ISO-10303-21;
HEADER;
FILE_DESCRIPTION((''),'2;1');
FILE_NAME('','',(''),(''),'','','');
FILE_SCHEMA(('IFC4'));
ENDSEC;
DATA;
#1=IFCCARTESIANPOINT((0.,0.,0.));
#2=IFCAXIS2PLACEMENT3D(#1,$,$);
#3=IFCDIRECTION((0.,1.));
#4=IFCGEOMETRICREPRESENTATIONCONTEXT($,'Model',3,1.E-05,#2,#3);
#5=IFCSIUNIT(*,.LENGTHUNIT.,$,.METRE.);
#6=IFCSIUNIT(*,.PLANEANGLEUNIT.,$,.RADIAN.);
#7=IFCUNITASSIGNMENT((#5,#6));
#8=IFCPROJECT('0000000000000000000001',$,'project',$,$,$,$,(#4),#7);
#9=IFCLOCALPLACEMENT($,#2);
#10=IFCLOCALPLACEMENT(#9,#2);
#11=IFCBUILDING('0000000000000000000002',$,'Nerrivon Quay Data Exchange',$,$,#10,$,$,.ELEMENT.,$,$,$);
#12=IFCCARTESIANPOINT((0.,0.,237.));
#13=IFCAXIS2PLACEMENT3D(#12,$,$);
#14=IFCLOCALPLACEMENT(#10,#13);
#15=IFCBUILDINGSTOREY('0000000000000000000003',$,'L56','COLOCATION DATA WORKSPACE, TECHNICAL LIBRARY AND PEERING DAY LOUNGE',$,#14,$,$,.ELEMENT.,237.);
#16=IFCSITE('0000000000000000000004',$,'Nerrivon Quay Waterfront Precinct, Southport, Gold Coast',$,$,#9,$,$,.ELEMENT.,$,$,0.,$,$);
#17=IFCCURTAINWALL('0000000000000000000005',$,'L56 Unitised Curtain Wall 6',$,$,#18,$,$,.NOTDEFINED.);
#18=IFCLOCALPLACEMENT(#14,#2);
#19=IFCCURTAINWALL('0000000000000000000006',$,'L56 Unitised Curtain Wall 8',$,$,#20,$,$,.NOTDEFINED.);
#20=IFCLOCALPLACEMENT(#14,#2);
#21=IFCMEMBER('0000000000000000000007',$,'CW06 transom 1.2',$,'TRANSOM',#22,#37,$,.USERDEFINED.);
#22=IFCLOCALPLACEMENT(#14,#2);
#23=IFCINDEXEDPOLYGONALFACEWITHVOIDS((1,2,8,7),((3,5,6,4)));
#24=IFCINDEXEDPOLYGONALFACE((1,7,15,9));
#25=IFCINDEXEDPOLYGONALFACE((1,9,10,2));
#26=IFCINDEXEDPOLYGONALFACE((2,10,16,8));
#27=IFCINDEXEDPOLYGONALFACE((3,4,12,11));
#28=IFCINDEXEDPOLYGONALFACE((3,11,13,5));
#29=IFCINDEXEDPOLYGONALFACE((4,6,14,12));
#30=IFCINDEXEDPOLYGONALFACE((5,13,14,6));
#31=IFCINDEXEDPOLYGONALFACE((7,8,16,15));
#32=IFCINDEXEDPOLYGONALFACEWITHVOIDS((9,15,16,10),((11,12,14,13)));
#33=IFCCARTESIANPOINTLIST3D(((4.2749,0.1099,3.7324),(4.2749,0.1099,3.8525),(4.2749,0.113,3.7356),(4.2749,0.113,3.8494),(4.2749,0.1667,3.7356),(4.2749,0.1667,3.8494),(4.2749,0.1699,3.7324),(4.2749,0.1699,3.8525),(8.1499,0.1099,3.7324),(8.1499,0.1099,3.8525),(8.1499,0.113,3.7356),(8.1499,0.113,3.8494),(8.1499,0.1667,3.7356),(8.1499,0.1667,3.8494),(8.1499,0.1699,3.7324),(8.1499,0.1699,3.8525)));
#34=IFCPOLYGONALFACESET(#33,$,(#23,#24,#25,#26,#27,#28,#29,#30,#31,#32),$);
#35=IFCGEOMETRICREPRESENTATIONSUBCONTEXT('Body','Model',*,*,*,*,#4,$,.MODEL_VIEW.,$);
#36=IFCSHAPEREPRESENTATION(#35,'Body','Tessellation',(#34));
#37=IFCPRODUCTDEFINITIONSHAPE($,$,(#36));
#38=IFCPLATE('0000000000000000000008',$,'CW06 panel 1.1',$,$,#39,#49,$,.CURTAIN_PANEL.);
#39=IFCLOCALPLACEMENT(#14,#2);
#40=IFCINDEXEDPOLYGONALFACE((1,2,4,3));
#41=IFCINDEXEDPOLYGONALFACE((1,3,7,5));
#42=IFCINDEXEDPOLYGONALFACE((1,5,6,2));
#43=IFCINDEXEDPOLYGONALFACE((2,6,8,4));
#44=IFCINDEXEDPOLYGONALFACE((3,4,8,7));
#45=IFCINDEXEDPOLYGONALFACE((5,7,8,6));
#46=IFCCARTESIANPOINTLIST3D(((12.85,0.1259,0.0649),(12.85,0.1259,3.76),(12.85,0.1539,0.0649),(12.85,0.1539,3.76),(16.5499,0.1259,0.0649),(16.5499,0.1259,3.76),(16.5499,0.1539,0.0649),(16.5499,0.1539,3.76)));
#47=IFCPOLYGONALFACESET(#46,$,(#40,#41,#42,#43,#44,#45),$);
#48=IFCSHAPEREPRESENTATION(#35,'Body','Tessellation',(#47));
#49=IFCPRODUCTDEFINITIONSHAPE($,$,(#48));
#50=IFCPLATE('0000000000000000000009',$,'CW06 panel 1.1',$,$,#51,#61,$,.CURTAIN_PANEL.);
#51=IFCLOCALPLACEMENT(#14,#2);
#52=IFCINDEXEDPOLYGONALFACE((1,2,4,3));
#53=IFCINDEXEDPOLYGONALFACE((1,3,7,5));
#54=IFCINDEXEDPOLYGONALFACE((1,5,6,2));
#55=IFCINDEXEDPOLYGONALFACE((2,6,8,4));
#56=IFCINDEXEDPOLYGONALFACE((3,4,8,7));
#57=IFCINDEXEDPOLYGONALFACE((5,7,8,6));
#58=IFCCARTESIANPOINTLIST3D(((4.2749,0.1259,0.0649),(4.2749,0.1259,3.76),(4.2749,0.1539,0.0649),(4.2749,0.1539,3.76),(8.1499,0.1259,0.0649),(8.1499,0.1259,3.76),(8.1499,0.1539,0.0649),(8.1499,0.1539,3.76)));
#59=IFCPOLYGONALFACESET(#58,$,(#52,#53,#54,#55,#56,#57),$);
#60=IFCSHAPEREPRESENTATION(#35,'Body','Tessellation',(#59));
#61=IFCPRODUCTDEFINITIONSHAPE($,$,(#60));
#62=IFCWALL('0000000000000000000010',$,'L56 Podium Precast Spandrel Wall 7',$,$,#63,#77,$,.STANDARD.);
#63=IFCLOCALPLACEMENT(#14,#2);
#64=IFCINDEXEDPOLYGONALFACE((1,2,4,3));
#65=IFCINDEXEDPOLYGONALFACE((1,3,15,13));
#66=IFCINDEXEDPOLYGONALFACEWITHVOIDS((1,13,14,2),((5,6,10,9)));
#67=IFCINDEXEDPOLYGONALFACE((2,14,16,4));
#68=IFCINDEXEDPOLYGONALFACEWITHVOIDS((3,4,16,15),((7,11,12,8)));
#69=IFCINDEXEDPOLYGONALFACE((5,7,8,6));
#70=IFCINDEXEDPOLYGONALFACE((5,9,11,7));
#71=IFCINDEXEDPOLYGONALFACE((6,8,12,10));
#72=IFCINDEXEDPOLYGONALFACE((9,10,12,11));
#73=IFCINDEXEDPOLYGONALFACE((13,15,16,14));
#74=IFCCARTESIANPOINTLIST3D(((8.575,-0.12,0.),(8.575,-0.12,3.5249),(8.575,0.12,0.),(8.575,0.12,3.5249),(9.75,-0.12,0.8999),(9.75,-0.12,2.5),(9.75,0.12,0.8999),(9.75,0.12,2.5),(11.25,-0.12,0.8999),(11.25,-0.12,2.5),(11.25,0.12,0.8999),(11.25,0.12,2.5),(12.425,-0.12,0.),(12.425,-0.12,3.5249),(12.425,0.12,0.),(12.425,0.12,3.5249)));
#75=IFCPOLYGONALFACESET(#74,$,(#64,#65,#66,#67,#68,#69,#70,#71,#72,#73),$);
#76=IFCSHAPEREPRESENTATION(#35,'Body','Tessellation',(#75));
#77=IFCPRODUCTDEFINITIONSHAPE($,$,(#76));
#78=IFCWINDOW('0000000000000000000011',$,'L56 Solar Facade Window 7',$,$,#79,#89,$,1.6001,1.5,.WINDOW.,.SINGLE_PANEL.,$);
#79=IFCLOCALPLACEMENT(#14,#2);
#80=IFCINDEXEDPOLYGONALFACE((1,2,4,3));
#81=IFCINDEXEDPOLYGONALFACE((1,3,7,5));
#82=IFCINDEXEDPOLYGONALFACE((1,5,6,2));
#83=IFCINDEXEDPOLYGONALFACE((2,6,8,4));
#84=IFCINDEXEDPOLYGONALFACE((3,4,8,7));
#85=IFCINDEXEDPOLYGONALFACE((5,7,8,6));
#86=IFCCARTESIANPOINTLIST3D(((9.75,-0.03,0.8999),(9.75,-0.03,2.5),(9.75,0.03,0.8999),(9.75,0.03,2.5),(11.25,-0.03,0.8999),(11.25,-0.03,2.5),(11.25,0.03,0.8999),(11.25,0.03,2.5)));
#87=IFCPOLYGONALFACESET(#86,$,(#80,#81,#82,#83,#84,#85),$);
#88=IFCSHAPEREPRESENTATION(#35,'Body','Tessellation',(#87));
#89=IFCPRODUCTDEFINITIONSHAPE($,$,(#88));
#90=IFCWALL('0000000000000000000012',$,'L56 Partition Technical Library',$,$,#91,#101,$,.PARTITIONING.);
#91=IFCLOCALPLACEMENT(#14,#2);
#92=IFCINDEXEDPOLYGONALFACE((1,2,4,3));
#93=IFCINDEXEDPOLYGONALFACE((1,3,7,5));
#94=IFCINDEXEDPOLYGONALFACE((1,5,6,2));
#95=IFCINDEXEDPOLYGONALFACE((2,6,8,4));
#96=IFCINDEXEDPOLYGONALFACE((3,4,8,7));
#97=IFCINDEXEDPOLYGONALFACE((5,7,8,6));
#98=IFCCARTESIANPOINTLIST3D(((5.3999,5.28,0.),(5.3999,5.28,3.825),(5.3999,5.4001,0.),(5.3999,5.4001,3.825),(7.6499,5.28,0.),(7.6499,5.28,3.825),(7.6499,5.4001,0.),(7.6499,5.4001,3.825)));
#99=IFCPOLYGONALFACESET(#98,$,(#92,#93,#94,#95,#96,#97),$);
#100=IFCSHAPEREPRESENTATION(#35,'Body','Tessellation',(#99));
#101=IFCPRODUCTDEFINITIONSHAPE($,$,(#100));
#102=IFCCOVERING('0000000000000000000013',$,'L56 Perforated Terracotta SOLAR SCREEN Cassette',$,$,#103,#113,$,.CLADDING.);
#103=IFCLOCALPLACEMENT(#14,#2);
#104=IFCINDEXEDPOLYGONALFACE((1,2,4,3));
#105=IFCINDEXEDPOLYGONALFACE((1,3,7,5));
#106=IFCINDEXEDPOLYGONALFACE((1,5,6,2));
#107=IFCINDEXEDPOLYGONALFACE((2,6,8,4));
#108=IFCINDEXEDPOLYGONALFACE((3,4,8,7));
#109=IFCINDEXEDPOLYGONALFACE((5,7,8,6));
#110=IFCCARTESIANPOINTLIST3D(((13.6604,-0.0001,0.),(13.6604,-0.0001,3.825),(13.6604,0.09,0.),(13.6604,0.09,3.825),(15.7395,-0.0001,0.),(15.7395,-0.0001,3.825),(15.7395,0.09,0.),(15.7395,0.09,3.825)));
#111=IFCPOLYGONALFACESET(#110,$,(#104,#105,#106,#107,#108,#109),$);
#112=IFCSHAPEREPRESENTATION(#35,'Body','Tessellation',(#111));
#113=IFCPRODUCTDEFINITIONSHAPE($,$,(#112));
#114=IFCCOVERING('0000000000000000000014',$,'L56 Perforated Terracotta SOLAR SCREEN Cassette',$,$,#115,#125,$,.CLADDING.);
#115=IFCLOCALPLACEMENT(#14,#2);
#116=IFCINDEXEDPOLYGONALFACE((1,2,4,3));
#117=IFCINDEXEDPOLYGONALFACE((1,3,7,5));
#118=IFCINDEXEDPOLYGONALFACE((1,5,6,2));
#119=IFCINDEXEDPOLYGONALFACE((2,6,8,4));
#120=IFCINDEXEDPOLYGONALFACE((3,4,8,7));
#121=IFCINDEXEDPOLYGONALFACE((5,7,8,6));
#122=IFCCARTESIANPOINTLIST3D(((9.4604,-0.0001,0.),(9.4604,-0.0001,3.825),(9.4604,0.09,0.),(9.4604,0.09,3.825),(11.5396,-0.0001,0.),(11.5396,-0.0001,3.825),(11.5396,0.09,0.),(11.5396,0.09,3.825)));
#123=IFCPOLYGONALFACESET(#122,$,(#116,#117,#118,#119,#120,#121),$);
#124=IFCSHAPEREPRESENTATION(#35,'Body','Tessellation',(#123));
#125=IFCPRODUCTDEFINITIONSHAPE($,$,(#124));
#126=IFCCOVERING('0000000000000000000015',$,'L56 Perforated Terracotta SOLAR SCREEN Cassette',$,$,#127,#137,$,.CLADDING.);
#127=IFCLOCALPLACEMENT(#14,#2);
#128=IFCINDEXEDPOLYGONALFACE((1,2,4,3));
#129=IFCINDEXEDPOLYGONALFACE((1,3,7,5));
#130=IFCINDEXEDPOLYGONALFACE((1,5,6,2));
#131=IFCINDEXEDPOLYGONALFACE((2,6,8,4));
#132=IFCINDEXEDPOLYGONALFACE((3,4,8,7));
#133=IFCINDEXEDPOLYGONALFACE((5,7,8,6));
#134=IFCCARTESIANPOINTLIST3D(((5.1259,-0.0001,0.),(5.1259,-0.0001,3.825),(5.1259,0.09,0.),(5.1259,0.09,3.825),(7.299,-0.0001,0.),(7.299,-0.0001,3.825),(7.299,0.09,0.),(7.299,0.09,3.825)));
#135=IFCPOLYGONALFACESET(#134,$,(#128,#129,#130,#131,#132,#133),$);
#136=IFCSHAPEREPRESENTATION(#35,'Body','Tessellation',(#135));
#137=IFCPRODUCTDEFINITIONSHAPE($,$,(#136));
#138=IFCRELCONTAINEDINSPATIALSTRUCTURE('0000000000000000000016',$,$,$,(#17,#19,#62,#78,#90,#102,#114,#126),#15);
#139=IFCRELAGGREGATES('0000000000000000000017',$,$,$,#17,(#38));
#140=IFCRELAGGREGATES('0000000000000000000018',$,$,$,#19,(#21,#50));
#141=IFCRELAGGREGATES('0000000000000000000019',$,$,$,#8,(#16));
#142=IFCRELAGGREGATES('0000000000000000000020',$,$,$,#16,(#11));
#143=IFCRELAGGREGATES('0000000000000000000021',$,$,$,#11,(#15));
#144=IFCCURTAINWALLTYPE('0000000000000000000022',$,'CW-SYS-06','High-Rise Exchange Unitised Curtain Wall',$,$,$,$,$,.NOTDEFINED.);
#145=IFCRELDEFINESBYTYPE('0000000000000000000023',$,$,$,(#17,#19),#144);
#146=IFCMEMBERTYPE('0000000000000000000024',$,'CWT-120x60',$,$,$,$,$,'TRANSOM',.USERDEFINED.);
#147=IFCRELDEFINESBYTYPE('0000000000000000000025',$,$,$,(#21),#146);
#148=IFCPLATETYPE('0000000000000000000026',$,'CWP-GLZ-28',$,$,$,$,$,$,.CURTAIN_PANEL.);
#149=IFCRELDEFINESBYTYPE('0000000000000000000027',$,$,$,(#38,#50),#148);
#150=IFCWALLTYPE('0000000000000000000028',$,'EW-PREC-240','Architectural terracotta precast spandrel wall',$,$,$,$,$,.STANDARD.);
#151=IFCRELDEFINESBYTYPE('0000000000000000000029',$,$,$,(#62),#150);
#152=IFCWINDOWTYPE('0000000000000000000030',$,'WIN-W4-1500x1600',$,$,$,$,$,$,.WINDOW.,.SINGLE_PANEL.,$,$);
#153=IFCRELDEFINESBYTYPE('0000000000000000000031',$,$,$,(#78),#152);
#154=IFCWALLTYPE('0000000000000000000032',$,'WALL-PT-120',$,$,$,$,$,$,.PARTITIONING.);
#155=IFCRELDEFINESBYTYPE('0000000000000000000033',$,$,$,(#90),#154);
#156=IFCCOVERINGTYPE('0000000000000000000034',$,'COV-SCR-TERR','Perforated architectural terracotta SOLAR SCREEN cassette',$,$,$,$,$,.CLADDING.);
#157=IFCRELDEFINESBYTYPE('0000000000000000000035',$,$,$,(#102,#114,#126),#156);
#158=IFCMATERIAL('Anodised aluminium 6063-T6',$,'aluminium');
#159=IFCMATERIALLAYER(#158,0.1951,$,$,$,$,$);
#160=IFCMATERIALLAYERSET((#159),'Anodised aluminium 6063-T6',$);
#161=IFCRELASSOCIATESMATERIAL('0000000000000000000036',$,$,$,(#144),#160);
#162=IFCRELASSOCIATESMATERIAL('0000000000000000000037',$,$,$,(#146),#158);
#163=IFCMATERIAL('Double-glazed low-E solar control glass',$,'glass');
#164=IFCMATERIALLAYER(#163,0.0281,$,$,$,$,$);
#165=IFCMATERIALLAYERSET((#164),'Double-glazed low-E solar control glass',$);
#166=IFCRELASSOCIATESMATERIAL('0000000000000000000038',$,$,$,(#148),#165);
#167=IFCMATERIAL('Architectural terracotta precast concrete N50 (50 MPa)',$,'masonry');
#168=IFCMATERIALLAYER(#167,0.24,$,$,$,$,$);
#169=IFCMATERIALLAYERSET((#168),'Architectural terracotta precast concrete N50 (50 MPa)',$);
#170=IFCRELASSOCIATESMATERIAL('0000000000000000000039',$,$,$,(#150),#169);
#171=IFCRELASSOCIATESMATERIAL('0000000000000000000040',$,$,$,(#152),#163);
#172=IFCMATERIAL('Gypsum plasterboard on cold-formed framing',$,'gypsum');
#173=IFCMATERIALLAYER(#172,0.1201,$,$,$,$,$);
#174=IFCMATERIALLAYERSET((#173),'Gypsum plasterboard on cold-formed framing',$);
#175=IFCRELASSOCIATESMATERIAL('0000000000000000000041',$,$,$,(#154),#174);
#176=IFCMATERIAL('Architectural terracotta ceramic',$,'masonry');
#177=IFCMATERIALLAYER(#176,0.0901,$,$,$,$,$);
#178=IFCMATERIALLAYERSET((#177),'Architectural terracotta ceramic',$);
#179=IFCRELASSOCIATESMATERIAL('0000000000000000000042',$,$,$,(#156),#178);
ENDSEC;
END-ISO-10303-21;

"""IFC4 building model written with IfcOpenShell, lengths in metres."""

from ifc_helpers import new_model, si_unit, direction, frame, frame_2d, origin, origin_2d, place, context, subcontext, project, spatial, rectangle, hollow_rectangle, extrude, material, layer, layer_set, material_profile, profile_set, type_object, element, fill, aggregate, save


model = new_model("IFC4")

# Units and contexts
model_context = context("Model", 3, precision=1e-05, world=origin(), true_north=direction((0.0, 1.0)))
body_context = subcontext(model_context, "Body", "Model", "MODEL_VIEW")
ifc_project = project(units=[si_unit("LENGTHUNIT", "METRE"), si_unit("PLANEANGLEUNIT", "RADIAN")], contexts=[model_context])

# Site, building, storey
site_placement = place(None, origin())
site = spatial("IfcSite", under=ifc_project, at=site_placement, Name="Nerrivon Quay Waterfront Precinct, Southport, Gold Coast", CompositionType="ELEMENT", RefElevation=0.0)
building_placement = place(site_placement, origin())
building = spatial("IfcBuilding", under=site, at=building_placement, Name="Nerrivon Quay Data Exchange", CompositionType="ELEMENT")
storey_placement = place(building_placement, frame((0.0, 0.0, 237.0)))
storey = spatial("IfcBuildingStorey", under=building, at=storey_placement, Name="L56", Description="COLOCATION DATA WORKSPACE, TECHNICAL LIBRARY AND PEERING DAY LOUNGE", CompositionType="ELEMENT", Elevation=237.0)

# Curtain wall
ifc_material_1 = material(Name="Anodised aluminium 6063-T6", Category="aluminium")
ifc_layer_1 = layer(ifc_material_1, 0.1951)
ifc_layer_set_1 = layer_set([ifc_layer_1], Name="Anodised aluminium 6063-T6")
curtain_wall_type = type_object("IfcCurtainWallType", Name="CW-SYS-06", Description="High-Rise Exchange Unitised Curtain Wall", PredefinedType="NOTDEFINED", material=ifc_layer_set_1)
curtain_wall_1_placement = place(storey_placement, origin())
curtain_wall_1 = element("IfcCurtainWall", 1, at=curtain_wall_1_placement, inside=storey, type_object=curtain_wall_type, Name="L56 Unitised Curtain Wall 6", PredefinedType="NOTDEFINED")

# Curtain wall
curtain_wall_2_placement = place(storey_placement, origin())
curtain_wall_2 = element("IfcCurtainWall", 2, at=curtain_wall_2_placement, inside=storey, type_object=curtain_wall_type, Name="L56 Unitised Curtain Wall 8", PredefinedType="NOTDEFINED")

# Member
ifc_material_profile_1 = material_profile(ifc_material_1, hollow_rectangle(XDim=0.0601, YDim=0.1201, WallThickness=0.0032, at=origin_2d()), Name="ALU-TRAN-120x60")
ifc_profile_set_1 = profile_set([ifc_material_profile_1], Name="Anodised aluminium 6063-T6")
member_type_1 = type_object("IfcMemberType", Name="CWT-120x60", ElementType="TRANSOM", PredefinedType="USERDEFINED", material=ifc_profile_set_1)
member_1_placement = place(storey_placement, frame((8.1499, 0.1399, 3.7925), z_axis=(-1.0, 0.0, 0.0), x_axis=(0.0, -1.0, 0.0)))
member_1 = element("IfcMember", 3, at=member_1_placement, type_object=member_type_1, Name="CW06 transom 1.2", ObjectType="TRANSOM", PredefinedType="USERDEFINED", context=body_context, shape_type="SweptSolid", body=[
    extrude(hollow_rectangle(XDim=0.0601, YDim=0.1201, WallThickness=0.0032, at=origin_2d()), origin(), (0.0, 0.0, 1.0), 3.875),
])

# Plates
ifc_material_2 = material(Name="Double-glazed low-E solar control glass", Category="glass")
ifc_layer_2 = layer(ifc_material_2, 0.0281)
ifc_layer_set_2 = layer_set([ifc_layer_2], Name="Double-glazed low-E solar control glass")
plate_type = type_object("IfcPlateType", Name="CWP-GLZ-28", PredefinedType="CURTAIN_PANEL", material=ifc_layer_set_2)
plate_1_placement = place(storey_placement, frame((14.7, 0.1399, 0.0649), z_axis=(0.0, 0.0, 1.0), x_axis=(-1.0, 0.0, 0.0)))
plate_1 = element("IfcPlate", 4, at=plate_1_placement, type_object=plate_type, Name="CW06 panel 1.1", PredefinedType="CURTAIN_PANEL", context=body_context, shape_type="SweptSolid", body=[
    extrude(rectangle(XDim=3.7, YDim=0.0281, at=origin_2d()), origin(), (0.0, 0.0, 1.0), 3.6951),
])
aggregate(curtain_wall_1, [plate_1])
plate_2_placement = place(storey_placement, frame((6.2124, 0.1399, 0.0649), z_axis=(0.0, 0.0, 1.0), x_axis=(-1.0, 0.0, 0.0)))
plate_2 = element("IfcPlate", 5, at=plate_2_placement, type_object=plate_type, Name="CW06 panel 1.1", PredefinedType="CURTAIN_PANEL", context=body_context, shape_type="SweptSolid", body=[
    extrude(rectangle(XDim=3.875, YDim=0.0281, at=origin_2d()), origin(), (0.0, 0.0, 1.0), 3.6951),
])
aggregate(curtain_wall_2, [member_1, plate_2])

# Wall, opening, window
ifc_material_3 = material(Name="Architectural terracotta precast concrete N50 (50 MPa)", Category="masonry")
ifc_layer_3 = layer(ifc_material_3, 0.24)
ifc_layer_set_3 = layer_set([ifc_layer_3], Name="Architectural terracotta precast concrete N50 (50 MPa)")
wall_type_1 = type_object("IfcWallType", Name="EW-PREC-240", Description="Architectural terracotta precast spandrel wall", PredefinedType="STANDARD", material=ifc_layer_set_3)
wall_1_placement = place(storey_placement, frame((12.425, 0.0, 0.0), z_axis=(0.0, 0.0, 1.0), x_axis=(-1.0, 0.0, 0.0)))
wall_1 = element("IfcWall", 6, at=wall_1_placement, inside=storey, type_object=wall_type_1, Name="L56 Podium Precast Spandrel Wall 7", PredefinedType="STANDARD", context=body_context, shape_type="SweptSolid", body=[
    extrude(rectangle(XDim=3.8501, YDim=0.24, at=frame_2d((1.925, 0.0))), origin(), (0.0, 0.0, 1.0), 3.5249),
])
opening_placement = place(wall_1_placement, frame((1.175, 0.0, 0.8999)))
opening = element("IfcOpeningElement", 7, at=opening_placement, cuts=wall_1, PredefinedType="OPENING", context=body_context, shape_type="SweptSolid", body=[
    extrude(rectangle(XDim=1.5, YDim=1.6001, at=frame_2d((0.75, 0.8))), frame((0.0, 0.1299, 0.0), z_axis=(0.0, -1.0, 0.0), x_axis=(1.0, 0.0, 0.0)), (0.0, 0.0, 1.0), 0.26),
])
window_type = type_object("IfcWindowType", Name="WIN-W4-1500x1600", PartitioningType="SINGLE_PANEL", PredefinedType="WINDOW", material=ifc_material_2)
window_placement = place(opening_placement, origin())
window = element("IfcWindow", 8, at=window_placement, inside=storey, type_object=window_type, Name="L56 Solar Facade Window 7", OverallHeight=1.6001, OverallWidth=1.5, PartitioningType="SINGLE_PANEL", PredefinedType="WINDOW", context=body_context, shape_type="SweptSolid", body=[
    extrude(rectangle(XDim=1.5, YDim=1.6001, at=frame_2d((0.75, 0.8))), frame((0.0, 0.03, 0.0), z_axis=(0.0, -1.0, 0.0), x_axis=(1.0, 0.0, 0.0)), (0.0, 0.0, 1.0), 0.0601),
])
fill(opening, window)

# Wall
ifc_material_4 = material(Name="Gypsum plasterboard on cold-formed framing", Category="gypsum")
ifc_layer_4 = layer(ifc_material_4, 0.1201)
ifc_layer_set_4 = layer_set([ifc_layer_4], Name="Gypsum plasterboard on cold-formed framing")
wall_type_2 = type_object("IfcWallType", Name="WALL-PT-120", PredefinedType="PARTITIONING", material=ifc_layer_set_4)
wall_2_placement = place(storey_placement, frame((7.6499, 5.3401, 0.0), z_axis=(0.0, 0.0, 1.0), x_axis=(-1.0, 0.0, 0.0)))
element("IfcWall", 9, at=wall_2_placement, inside=storey, type_object=wall_type_2, Name="L56 Partition Technical Library", PredefinedType="PARTITIONING", context=body_context, shape_type="SweptSolid", body=[
    extrude(rectangle(XDim=2.25, YDim=0.1201, at=frame_2d((1.125, 0.0))), origin(), (0.0, 0.0, 1.0), 3.825),
])

# Coverings
ifc_material_5 = material(Name="Architectural terracotta ceramic", Category="masonry")
ifc_layer_5 = layer(ifc_material_5, 0.0901)
ifc_layer_set_5 = layer_set([ifc_layer_5], Name="Architectural terracotta ceramic")
covering_type = type_object("IfcCoveringType", Name="COV-SCR-TERR", Description="Perforated architectural terracotta SOLAR SCREEN cassette", PredefinedType="CLADDING", material=ifc_layer_set_5)
for number, where, z_axis, x_axis, name in (
    (10, (14.7, 0.0449, 0.0), (0.0, 0.0, 1.0), (-1.0, 0.0, 0.0), "L56 Perforated Terracotta SOLAR SCREEN Cassette"),
    (11, (10.5, 0.0449, 0.0), (0.0, 0.0, 1.0), (-1.0, 0.0, 0.0), "L56 Perforated Terracotta SOLAR SCREEN Cassette"),
):
    element("IfcCovering", number, at=place(storey_placement, frame(where, z_axis=z_axis, x_axis=x_axis)), inside=storey, type_object=covering_type, Name=name, PredefinedType="CLADDING", context=body_context, shape_type="SweptSolid", body=[
        extrude(rectangle(XDim=2.0791, YDim=0.0901, at=origin_2d()), origin(), (0.0, 0.0, 1.0), 3.825),
    ])
covering_placement = place(storey_placement, frame((6.2124, 0.0449, 0.0), z_axis=(0.0, 0.0, 1.0), x_axis=(-1.0, 0.0, 0.0)))
element("IfcCovering", 12, at=covering_placement, inside=storey, type_object=covering_type, Name="L56 Perforated Terracotta SOLAR SCREEN Cassette", PredefinedType="CLADDING", context=body_context, shape_type="SweptSolid", body=[
    extrude(rectangle(XDim=2.1731, YDim=0.0901, at=origin_2d()), origin(), (0.0, 0.0, 1.0), 3.825),
])

save(model, "model.ifc")
